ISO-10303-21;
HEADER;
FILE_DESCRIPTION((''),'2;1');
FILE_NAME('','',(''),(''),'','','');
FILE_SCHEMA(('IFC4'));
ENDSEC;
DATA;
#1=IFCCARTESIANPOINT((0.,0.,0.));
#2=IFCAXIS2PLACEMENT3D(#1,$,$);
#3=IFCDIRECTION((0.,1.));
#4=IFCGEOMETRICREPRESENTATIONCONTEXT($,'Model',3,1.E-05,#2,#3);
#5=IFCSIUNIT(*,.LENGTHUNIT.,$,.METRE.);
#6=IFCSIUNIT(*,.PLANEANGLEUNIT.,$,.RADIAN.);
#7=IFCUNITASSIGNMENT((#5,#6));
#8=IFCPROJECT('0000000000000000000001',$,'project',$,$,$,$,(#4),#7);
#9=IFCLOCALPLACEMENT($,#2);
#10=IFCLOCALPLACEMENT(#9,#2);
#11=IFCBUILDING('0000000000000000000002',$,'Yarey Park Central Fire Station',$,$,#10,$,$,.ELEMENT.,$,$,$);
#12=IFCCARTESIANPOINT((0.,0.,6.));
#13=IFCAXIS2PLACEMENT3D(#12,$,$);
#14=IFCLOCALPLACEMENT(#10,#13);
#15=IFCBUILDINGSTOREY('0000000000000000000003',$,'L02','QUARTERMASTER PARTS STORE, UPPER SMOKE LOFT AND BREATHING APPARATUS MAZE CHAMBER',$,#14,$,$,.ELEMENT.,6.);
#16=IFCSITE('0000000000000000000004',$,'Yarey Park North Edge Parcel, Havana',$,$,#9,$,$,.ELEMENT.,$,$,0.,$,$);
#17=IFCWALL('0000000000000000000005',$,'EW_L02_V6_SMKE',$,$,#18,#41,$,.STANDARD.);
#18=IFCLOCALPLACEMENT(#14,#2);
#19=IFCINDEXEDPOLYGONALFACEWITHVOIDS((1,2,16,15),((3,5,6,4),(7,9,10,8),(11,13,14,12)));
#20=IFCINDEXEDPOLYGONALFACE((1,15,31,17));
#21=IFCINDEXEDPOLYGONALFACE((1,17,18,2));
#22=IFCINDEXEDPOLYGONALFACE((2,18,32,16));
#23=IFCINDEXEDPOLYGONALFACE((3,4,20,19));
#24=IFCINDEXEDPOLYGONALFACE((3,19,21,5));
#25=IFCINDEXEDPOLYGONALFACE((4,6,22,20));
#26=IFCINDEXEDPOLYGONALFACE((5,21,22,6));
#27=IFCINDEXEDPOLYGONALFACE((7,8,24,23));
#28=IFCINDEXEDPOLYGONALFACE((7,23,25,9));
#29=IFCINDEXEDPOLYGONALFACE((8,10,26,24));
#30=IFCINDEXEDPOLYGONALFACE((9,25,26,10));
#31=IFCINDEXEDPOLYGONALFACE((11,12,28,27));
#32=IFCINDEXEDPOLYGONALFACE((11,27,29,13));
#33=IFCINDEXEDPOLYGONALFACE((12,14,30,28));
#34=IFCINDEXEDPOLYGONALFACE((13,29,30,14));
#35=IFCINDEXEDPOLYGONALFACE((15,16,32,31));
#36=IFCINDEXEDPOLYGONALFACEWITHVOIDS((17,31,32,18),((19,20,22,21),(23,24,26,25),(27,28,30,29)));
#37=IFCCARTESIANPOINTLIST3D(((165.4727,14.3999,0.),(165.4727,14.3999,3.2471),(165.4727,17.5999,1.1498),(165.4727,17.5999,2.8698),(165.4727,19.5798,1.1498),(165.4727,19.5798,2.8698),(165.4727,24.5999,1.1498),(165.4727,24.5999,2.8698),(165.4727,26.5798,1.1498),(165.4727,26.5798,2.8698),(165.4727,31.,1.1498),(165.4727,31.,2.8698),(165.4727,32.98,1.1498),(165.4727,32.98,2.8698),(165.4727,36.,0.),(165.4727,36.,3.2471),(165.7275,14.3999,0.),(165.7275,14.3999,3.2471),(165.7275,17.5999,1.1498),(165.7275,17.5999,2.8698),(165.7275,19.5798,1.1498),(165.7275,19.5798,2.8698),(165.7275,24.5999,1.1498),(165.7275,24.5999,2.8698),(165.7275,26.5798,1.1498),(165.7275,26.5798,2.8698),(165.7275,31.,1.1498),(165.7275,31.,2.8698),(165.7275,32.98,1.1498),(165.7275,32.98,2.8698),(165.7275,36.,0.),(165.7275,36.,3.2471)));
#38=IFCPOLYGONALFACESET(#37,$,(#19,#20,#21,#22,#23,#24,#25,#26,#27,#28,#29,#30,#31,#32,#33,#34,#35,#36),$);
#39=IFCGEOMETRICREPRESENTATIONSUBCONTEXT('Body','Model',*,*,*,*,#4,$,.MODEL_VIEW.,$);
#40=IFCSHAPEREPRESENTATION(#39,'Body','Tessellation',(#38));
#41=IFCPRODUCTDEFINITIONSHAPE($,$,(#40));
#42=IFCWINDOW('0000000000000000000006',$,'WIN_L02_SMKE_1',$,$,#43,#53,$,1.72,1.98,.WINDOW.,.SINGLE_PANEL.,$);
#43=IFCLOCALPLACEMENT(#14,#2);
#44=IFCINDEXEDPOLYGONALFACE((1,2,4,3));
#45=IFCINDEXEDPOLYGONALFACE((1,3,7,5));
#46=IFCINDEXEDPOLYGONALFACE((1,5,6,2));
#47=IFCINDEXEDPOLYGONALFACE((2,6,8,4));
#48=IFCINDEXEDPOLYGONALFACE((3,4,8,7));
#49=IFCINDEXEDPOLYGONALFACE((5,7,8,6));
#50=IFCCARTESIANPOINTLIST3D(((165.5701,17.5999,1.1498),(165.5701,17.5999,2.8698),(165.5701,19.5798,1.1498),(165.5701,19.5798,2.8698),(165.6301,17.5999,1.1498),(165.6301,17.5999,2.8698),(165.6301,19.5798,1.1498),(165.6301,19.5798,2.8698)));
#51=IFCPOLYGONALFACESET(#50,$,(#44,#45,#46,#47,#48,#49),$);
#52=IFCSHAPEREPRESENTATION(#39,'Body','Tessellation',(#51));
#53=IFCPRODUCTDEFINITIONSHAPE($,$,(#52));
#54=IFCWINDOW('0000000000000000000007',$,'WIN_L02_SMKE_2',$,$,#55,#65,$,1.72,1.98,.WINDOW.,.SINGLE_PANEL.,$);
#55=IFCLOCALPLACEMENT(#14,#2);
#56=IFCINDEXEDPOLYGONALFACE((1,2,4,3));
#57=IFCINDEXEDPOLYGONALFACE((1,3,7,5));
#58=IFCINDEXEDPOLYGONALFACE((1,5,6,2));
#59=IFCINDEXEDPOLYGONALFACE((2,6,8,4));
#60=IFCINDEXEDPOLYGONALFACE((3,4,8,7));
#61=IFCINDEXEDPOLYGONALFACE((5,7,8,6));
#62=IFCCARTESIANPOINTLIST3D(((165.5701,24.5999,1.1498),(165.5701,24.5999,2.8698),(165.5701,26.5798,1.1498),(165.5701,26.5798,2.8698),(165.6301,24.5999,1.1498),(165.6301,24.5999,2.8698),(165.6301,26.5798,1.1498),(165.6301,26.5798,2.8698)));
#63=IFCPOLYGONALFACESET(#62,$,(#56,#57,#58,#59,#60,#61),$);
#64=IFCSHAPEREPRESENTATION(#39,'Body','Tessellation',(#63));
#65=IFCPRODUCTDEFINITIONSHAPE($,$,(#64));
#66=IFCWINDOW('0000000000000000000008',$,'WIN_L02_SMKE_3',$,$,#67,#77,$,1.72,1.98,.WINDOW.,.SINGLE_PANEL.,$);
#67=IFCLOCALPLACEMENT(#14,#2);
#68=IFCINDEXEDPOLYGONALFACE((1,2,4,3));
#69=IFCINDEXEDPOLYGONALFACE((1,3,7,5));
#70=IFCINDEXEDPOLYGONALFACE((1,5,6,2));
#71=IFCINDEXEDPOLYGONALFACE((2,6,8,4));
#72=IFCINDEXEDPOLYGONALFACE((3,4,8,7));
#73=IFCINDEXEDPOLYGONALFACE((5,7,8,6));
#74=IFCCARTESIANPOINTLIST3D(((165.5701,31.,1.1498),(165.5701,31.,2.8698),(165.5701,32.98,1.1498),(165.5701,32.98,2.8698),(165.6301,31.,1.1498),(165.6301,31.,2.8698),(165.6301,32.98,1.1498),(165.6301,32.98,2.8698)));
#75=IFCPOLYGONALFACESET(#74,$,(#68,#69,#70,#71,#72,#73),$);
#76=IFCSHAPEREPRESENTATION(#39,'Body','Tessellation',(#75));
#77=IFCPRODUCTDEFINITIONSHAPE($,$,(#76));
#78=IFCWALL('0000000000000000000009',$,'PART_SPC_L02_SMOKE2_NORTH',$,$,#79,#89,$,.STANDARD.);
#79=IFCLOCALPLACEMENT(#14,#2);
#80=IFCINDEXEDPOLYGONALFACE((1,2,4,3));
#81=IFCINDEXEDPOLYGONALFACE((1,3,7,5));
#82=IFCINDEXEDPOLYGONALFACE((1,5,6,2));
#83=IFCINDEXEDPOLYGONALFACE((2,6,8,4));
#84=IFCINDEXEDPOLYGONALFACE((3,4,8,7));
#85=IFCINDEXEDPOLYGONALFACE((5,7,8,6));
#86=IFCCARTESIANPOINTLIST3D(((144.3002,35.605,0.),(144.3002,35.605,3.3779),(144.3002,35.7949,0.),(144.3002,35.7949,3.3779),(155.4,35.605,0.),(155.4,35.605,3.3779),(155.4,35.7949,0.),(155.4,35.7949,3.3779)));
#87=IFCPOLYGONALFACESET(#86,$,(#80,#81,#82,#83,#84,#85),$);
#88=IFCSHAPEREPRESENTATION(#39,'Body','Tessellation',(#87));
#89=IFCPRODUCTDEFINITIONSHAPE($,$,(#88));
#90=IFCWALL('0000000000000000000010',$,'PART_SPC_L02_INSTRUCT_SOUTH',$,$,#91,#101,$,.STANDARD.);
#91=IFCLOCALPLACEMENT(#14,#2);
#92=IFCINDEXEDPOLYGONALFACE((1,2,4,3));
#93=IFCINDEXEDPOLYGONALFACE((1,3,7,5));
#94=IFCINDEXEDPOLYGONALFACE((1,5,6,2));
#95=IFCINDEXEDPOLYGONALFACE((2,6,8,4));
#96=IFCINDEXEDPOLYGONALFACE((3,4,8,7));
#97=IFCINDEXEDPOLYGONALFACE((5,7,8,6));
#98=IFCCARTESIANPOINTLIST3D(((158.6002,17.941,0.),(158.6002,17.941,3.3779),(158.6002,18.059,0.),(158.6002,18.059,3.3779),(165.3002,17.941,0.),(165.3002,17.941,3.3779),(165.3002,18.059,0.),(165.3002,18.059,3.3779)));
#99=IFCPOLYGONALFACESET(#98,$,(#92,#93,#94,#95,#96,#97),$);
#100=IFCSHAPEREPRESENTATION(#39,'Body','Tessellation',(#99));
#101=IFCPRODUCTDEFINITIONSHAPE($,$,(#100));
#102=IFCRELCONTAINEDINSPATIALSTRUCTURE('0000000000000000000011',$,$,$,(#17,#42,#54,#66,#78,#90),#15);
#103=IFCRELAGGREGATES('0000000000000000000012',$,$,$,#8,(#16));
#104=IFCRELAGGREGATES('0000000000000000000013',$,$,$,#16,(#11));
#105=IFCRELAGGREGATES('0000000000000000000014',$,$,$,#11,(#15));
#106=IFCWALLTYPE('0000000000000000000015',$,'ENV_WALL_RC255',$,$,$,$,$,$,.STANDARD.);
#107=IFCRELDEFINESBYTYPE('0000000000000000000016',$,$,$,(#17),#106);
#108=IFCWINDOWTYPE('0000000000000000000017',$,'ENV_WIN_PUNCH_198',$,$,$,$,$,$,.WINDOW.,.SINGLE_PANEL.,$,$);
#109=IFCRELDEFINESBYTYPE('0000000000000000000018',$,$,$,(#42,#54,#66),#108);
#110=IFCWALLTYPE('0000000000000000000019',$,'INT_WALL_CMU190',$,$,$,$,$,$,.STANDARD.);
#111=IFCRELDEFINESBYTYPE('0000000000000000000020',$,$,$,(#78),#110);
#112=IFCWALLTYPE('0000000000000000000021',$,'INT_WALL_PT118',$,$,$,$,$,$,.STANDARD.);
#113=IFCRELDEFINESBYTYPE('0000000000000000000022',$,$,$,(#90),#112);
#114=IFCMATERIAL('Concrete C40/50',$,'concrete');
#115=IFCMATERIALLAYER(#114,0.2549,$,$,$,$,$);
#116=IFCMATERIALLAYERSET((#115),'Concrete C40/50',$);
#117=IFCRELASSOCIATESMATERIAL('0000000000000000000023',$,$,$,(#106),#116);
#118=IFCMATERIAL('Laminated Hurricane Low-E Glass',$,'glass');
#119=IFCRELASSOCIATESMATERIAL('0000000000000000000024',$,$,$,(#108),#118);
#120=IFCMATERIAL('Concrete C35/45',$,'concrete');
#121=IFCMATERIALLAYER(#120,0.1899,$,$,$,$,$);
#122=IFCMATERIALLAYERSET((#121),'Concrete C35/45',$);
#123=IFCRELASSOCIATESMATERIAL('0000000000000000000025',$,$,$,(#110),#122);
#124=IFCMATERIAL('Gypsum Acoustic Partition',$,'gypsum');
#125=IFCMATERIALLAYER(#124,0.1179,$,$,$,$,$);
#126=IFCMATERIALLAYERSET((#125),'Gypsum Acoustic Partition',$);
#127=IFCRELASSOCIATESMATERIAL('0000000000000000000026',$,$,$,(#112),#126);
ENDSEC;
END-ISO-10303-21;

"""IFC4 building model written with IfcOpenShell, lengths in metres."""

from ifc_helpers import new_model, si_unit, direction, frame, frame_2d, origin, place, context, subcontext, project, spatial, rectangle, extrude, material, layer, layer_set, type_object, element, fill, save


model = new_model("IFC4")

# Units and contexts
model_context = context("Model", 3, precision=1e-05, world=origin(), true_north=direction((0.0, 1.0)))
body_context = subcontext(model_context, "Body", "Model", "MODEL_VIEW")
ifc_project = project(units=[si_unit("LENGTHUNIT", "METRE"), si_unit("PLANEANGLEUNIT", "RADIAN")], contexts=[model_context])

# Site, building, storey
site_placement = place(None, origin())
site = spatial("IfcSite", under=ifc_project, at=site_placement, Name="Yarey Park North Edge Parcel, Havana", CompositionType="ELEMENT", RefElevation=0.0)
building_placement = place(site_placement, origin())
building = spatial("IfcBuilding", under=site, at=building_placement, Name="Yarey Park Central Fire Station", CompositionType="ELEMENT")
storey_placement = place(building_placement, frame((0.0, 0.0, 6.0)))
storey = spatial("IfcBuildingStorey", under=building, at=storey_placement, Name="L02", Description="QUARTERMASTER PARTS STORE, UPPER SMOKE LOFT AND BREATHING APPARATUS MAZE CHAMBER", CompositionType="ELEMENT", Elevation=6.0)

# Shared definitions
ifc_material_1 = material(Name="Concrete C40/50", Category="concrete")

# Wall, openings, windows
ifc_layer_1 = layer(ifc_material_1, 0.2549)
ifc_layer_set_1 = layer_set([ifc_layer_1], Name="Concrete C40/50")
wall_type_1 = type_object("IfcWallType", Name="ENV_WALL_RC255", PredefinedType="STANDARD", material=ifc_layer_set_1)
wall_1_placement = place(storey_placement, frame((165.6001, 14.3999, 0.0), z_axis=(0.0, 0.0, 1.0), x_axis=(0.0, 1.0, 0.0)))
wall_1 = element("IfcWall", 1, at=wall_1_placement, inside=storey, type_object=wall_type_1, Name="EW_L02_V6_SMKE", PredefinedType="STANDARD", context=body_context, shape_type="SweptSolid", body=[
    extrude(rectangle(XDim=21.6001, YDim=0.2549, at=frame_2d((10.8, 0.0))), origin(), (0.0, 0.0, 1.0), 3.2471),
])
opening_1_placement = place(wall_1_placement, frame((3.2, 0.0, 1.1499)))
opening_1 = element("IfcOpeningElement", 2, at=opening_1_placement, cuts=wall_1, PredefinedType="OPENING", context=body_context, shape_type="SweptSolid", body=[
    extrude(rectangle(XDim=1.98, YDim=1.72, at=frame_2d((0.99, 0.8599))), frame((0.0, 0.1375, 0.0), z_axis=(0.0, -1.0, 0.0), x_axis=(1.0, 0.0, 0.0)), (0.0, 0.0, 1.0), 0.2749),
])
opening_2_placement = place(wall_1_placement, frame((10.2, 0.0, 1.1499)))
opening_2 = element("IfcOpeningElement", 3, at=opening_2_placement, cuts=wall_1, PredefinedType="OPENING", context=body_context, shape_type="SweptSolid", body=[
    extrude(rectangle(XDim=1.98, YDim=1.72, at=frame_2d((0.99, 0.8599))), frame((0.0, 0.1375, 0.0), z_axis=(0.0, -1.0, 0.0), x_axis=(1.0, 0.0, 0.0)), (0.0, 0.0, 1.0), 0.2749),
])
opening_3_placement = place(wall_1_placement, frame((16.6001, 0.0, 1.1499)))
opening_3 = element("IfcOpeningElement", 4, at=opening_3_placement, cuts=wall_1, PredefinedType="OPENING", context=body_context, shape_type="SweptSolid", body=[
    extrude(rectangle(XDim=1.98, YDim=1.72, at=frame_2d((0.99, 0.8599))), frame((0.0, 0.1375, 0.0), z_axis=(0.0, -1.0, 0.0), x_axis=(1.0, 0.0, 0.0)), (0.0, 0.0, 1.0), 0.2749),
])
ifc_material_2 = material(Name="Laminated Hurricane Low-E Glass", Category="glass")
window_type = type_object("IfcWindowType", Name="ENV_WIN_PUNCH_198", PartitioningType="SINGLE_PANEL", PredefinedType="WINDOW", material=ifc_material_2)
window_1_placement = place(opening_1_placement, origin())
window_1 = element("IfcWindow", 5, at=window_1_placement, inside=storey, type_object=window_type, Name="WIN_L02_SMKE_1", OverallHeight=1.72, OverallWidth=1.98, PartitioningType="SINGLE_PANEL", PredefinedType="WINDOW", context=body_context, shape_type="SweptSolid", body=[
    extrude(rectangle(XDim=1.98, YDim=1.72, at=frame_2d((0.99, 0.8599))), frame((0.0, 0.03, 0.0), z_axis=(0.0, -1.0, 0.0), x_axis=(1.0, 0.0, 0.0)), (0.0, 0.0, 1.0), 0.0601),
])
fill(opening_1, window_1)
window_2_placement = place(opening_2_placement, origin())
window_2 = element("IfcWindow", 6, at=window_2_placement, inside=storey, type_object=window_type, Name="WIN_L02_SMKE_2", OverallHeight=1.72, OverallWidth=1.98, PartitioningType="SINGLE_PANEL", PredefinedType="WINDOW", context=body_context, shape_type="SweptSolid", body=[
    extrude(rectangle(XDim=1.98, YDim=1.72, at=frame_2d((0.99, 0.8599))), frame((0.0, 0.03, 0.0), z_axis=(0.0, -1.0, 0.0), x_axis=(1.0, 0.0, 0.0)), (0.0, 0.0, 1.0), 0.0601),
])
fill(opening_2, window_2)
window_3_placement = place(opening_3_placement, origin())
window_3 = element("IfcWindow", 7, at=window_3_placement, inside=storey, type_object=window_type, Name="WIN_L02_SMKE_3", OverallHeight=1.72, OverallWidth=1.98, PartitioningType="SINGLE_PANEL", PredefinedType="WINDOW", context=body_context, shape_type="SweptSolid", body=[
    extrude(rectangle(XDim=1.98, YDim=1.72, at=frame_2d((0.99, 0.8599))), frame((0.0, 0.03, 0.0), z_axis=(0.0, -1.0, 0.0), x_axis=(1.0, 0.0, 0.0)), (0.0, 0.0, 1.0), 0.0601),
])
fill(opening_3, window_3)

# Walls
ifc_material_3 = material(Name="Concrete C35/45", Category="concrete")
ifc_layer_2 = layer(ifc_material_3, 0.1899)
ifc_layer_set_2 = layer_set([ifc_layer_2], Name="Concrete C35/45")
wall_type_2 = type_object("IfcWallType", Name="INT_WALL_CMU190", PredefinedType="STANDARD", material=ifc_layer_set_2)
wall_2_placement = place(storey_placement, frame((155.3999, 35.7, 0.0), z_axis=(0.0, 0.0, 1.0), x_axis=(-1.0, 0.0, 0.0)))
element("IfcWall", 8, at=wall_2_placement, inside=storey, type_object=wall_type_2, Name="PART_SPC_L02_SMOKE2_NORTH", PredefinedType="STANDARD", context=body_context, shape_type="SweptSolid", body=[
    extrude(rectangle(XDim=11.0999, YDim=0.1899, at=frame_2d((5.5498, 0.0))), origin(), (0.0, 0.0, 1.0), 3.3779),
])
ifc_material_4 = material(Name="Gypsum Acoustic Partition", Category="gypsum")
ifc_layer_3 = layer(ifc_material_4, 0.1179)
ifc_layer_set_3 = layer_set([ifc_layer_3], Name="Gypsum Acoustic Partition")
wall_type_3 = type_object("IfcWallType", Name="INT_WALL_PT118", PredefinedType="STANDARD", material=ifc_layer_set_3)
wall_3_placement = place(storey_placement, frame((158.6001, 18.0, 0.0), z_axis=(0.0, 0.0, 1.0), x_axis=(1.0, 0.0, 0.0)))
element("IfcWall", 9, at=wall_3_placement, inside=storey, type_object=wall_type_3, Name="PART_SPC_L02_INSTRUCT_SOUTH", PredefinedType="STANDARD", context=body_context, shape_type="SweptSolid", body=[
    extrude(rectangle(XDim=6.7, YDim=0.1179, at=frame_2d((3.3501, 0.0))), origin(), (0.0, 0.0, 1.0), 3.3779),
])

save(model, "model.ifc")
